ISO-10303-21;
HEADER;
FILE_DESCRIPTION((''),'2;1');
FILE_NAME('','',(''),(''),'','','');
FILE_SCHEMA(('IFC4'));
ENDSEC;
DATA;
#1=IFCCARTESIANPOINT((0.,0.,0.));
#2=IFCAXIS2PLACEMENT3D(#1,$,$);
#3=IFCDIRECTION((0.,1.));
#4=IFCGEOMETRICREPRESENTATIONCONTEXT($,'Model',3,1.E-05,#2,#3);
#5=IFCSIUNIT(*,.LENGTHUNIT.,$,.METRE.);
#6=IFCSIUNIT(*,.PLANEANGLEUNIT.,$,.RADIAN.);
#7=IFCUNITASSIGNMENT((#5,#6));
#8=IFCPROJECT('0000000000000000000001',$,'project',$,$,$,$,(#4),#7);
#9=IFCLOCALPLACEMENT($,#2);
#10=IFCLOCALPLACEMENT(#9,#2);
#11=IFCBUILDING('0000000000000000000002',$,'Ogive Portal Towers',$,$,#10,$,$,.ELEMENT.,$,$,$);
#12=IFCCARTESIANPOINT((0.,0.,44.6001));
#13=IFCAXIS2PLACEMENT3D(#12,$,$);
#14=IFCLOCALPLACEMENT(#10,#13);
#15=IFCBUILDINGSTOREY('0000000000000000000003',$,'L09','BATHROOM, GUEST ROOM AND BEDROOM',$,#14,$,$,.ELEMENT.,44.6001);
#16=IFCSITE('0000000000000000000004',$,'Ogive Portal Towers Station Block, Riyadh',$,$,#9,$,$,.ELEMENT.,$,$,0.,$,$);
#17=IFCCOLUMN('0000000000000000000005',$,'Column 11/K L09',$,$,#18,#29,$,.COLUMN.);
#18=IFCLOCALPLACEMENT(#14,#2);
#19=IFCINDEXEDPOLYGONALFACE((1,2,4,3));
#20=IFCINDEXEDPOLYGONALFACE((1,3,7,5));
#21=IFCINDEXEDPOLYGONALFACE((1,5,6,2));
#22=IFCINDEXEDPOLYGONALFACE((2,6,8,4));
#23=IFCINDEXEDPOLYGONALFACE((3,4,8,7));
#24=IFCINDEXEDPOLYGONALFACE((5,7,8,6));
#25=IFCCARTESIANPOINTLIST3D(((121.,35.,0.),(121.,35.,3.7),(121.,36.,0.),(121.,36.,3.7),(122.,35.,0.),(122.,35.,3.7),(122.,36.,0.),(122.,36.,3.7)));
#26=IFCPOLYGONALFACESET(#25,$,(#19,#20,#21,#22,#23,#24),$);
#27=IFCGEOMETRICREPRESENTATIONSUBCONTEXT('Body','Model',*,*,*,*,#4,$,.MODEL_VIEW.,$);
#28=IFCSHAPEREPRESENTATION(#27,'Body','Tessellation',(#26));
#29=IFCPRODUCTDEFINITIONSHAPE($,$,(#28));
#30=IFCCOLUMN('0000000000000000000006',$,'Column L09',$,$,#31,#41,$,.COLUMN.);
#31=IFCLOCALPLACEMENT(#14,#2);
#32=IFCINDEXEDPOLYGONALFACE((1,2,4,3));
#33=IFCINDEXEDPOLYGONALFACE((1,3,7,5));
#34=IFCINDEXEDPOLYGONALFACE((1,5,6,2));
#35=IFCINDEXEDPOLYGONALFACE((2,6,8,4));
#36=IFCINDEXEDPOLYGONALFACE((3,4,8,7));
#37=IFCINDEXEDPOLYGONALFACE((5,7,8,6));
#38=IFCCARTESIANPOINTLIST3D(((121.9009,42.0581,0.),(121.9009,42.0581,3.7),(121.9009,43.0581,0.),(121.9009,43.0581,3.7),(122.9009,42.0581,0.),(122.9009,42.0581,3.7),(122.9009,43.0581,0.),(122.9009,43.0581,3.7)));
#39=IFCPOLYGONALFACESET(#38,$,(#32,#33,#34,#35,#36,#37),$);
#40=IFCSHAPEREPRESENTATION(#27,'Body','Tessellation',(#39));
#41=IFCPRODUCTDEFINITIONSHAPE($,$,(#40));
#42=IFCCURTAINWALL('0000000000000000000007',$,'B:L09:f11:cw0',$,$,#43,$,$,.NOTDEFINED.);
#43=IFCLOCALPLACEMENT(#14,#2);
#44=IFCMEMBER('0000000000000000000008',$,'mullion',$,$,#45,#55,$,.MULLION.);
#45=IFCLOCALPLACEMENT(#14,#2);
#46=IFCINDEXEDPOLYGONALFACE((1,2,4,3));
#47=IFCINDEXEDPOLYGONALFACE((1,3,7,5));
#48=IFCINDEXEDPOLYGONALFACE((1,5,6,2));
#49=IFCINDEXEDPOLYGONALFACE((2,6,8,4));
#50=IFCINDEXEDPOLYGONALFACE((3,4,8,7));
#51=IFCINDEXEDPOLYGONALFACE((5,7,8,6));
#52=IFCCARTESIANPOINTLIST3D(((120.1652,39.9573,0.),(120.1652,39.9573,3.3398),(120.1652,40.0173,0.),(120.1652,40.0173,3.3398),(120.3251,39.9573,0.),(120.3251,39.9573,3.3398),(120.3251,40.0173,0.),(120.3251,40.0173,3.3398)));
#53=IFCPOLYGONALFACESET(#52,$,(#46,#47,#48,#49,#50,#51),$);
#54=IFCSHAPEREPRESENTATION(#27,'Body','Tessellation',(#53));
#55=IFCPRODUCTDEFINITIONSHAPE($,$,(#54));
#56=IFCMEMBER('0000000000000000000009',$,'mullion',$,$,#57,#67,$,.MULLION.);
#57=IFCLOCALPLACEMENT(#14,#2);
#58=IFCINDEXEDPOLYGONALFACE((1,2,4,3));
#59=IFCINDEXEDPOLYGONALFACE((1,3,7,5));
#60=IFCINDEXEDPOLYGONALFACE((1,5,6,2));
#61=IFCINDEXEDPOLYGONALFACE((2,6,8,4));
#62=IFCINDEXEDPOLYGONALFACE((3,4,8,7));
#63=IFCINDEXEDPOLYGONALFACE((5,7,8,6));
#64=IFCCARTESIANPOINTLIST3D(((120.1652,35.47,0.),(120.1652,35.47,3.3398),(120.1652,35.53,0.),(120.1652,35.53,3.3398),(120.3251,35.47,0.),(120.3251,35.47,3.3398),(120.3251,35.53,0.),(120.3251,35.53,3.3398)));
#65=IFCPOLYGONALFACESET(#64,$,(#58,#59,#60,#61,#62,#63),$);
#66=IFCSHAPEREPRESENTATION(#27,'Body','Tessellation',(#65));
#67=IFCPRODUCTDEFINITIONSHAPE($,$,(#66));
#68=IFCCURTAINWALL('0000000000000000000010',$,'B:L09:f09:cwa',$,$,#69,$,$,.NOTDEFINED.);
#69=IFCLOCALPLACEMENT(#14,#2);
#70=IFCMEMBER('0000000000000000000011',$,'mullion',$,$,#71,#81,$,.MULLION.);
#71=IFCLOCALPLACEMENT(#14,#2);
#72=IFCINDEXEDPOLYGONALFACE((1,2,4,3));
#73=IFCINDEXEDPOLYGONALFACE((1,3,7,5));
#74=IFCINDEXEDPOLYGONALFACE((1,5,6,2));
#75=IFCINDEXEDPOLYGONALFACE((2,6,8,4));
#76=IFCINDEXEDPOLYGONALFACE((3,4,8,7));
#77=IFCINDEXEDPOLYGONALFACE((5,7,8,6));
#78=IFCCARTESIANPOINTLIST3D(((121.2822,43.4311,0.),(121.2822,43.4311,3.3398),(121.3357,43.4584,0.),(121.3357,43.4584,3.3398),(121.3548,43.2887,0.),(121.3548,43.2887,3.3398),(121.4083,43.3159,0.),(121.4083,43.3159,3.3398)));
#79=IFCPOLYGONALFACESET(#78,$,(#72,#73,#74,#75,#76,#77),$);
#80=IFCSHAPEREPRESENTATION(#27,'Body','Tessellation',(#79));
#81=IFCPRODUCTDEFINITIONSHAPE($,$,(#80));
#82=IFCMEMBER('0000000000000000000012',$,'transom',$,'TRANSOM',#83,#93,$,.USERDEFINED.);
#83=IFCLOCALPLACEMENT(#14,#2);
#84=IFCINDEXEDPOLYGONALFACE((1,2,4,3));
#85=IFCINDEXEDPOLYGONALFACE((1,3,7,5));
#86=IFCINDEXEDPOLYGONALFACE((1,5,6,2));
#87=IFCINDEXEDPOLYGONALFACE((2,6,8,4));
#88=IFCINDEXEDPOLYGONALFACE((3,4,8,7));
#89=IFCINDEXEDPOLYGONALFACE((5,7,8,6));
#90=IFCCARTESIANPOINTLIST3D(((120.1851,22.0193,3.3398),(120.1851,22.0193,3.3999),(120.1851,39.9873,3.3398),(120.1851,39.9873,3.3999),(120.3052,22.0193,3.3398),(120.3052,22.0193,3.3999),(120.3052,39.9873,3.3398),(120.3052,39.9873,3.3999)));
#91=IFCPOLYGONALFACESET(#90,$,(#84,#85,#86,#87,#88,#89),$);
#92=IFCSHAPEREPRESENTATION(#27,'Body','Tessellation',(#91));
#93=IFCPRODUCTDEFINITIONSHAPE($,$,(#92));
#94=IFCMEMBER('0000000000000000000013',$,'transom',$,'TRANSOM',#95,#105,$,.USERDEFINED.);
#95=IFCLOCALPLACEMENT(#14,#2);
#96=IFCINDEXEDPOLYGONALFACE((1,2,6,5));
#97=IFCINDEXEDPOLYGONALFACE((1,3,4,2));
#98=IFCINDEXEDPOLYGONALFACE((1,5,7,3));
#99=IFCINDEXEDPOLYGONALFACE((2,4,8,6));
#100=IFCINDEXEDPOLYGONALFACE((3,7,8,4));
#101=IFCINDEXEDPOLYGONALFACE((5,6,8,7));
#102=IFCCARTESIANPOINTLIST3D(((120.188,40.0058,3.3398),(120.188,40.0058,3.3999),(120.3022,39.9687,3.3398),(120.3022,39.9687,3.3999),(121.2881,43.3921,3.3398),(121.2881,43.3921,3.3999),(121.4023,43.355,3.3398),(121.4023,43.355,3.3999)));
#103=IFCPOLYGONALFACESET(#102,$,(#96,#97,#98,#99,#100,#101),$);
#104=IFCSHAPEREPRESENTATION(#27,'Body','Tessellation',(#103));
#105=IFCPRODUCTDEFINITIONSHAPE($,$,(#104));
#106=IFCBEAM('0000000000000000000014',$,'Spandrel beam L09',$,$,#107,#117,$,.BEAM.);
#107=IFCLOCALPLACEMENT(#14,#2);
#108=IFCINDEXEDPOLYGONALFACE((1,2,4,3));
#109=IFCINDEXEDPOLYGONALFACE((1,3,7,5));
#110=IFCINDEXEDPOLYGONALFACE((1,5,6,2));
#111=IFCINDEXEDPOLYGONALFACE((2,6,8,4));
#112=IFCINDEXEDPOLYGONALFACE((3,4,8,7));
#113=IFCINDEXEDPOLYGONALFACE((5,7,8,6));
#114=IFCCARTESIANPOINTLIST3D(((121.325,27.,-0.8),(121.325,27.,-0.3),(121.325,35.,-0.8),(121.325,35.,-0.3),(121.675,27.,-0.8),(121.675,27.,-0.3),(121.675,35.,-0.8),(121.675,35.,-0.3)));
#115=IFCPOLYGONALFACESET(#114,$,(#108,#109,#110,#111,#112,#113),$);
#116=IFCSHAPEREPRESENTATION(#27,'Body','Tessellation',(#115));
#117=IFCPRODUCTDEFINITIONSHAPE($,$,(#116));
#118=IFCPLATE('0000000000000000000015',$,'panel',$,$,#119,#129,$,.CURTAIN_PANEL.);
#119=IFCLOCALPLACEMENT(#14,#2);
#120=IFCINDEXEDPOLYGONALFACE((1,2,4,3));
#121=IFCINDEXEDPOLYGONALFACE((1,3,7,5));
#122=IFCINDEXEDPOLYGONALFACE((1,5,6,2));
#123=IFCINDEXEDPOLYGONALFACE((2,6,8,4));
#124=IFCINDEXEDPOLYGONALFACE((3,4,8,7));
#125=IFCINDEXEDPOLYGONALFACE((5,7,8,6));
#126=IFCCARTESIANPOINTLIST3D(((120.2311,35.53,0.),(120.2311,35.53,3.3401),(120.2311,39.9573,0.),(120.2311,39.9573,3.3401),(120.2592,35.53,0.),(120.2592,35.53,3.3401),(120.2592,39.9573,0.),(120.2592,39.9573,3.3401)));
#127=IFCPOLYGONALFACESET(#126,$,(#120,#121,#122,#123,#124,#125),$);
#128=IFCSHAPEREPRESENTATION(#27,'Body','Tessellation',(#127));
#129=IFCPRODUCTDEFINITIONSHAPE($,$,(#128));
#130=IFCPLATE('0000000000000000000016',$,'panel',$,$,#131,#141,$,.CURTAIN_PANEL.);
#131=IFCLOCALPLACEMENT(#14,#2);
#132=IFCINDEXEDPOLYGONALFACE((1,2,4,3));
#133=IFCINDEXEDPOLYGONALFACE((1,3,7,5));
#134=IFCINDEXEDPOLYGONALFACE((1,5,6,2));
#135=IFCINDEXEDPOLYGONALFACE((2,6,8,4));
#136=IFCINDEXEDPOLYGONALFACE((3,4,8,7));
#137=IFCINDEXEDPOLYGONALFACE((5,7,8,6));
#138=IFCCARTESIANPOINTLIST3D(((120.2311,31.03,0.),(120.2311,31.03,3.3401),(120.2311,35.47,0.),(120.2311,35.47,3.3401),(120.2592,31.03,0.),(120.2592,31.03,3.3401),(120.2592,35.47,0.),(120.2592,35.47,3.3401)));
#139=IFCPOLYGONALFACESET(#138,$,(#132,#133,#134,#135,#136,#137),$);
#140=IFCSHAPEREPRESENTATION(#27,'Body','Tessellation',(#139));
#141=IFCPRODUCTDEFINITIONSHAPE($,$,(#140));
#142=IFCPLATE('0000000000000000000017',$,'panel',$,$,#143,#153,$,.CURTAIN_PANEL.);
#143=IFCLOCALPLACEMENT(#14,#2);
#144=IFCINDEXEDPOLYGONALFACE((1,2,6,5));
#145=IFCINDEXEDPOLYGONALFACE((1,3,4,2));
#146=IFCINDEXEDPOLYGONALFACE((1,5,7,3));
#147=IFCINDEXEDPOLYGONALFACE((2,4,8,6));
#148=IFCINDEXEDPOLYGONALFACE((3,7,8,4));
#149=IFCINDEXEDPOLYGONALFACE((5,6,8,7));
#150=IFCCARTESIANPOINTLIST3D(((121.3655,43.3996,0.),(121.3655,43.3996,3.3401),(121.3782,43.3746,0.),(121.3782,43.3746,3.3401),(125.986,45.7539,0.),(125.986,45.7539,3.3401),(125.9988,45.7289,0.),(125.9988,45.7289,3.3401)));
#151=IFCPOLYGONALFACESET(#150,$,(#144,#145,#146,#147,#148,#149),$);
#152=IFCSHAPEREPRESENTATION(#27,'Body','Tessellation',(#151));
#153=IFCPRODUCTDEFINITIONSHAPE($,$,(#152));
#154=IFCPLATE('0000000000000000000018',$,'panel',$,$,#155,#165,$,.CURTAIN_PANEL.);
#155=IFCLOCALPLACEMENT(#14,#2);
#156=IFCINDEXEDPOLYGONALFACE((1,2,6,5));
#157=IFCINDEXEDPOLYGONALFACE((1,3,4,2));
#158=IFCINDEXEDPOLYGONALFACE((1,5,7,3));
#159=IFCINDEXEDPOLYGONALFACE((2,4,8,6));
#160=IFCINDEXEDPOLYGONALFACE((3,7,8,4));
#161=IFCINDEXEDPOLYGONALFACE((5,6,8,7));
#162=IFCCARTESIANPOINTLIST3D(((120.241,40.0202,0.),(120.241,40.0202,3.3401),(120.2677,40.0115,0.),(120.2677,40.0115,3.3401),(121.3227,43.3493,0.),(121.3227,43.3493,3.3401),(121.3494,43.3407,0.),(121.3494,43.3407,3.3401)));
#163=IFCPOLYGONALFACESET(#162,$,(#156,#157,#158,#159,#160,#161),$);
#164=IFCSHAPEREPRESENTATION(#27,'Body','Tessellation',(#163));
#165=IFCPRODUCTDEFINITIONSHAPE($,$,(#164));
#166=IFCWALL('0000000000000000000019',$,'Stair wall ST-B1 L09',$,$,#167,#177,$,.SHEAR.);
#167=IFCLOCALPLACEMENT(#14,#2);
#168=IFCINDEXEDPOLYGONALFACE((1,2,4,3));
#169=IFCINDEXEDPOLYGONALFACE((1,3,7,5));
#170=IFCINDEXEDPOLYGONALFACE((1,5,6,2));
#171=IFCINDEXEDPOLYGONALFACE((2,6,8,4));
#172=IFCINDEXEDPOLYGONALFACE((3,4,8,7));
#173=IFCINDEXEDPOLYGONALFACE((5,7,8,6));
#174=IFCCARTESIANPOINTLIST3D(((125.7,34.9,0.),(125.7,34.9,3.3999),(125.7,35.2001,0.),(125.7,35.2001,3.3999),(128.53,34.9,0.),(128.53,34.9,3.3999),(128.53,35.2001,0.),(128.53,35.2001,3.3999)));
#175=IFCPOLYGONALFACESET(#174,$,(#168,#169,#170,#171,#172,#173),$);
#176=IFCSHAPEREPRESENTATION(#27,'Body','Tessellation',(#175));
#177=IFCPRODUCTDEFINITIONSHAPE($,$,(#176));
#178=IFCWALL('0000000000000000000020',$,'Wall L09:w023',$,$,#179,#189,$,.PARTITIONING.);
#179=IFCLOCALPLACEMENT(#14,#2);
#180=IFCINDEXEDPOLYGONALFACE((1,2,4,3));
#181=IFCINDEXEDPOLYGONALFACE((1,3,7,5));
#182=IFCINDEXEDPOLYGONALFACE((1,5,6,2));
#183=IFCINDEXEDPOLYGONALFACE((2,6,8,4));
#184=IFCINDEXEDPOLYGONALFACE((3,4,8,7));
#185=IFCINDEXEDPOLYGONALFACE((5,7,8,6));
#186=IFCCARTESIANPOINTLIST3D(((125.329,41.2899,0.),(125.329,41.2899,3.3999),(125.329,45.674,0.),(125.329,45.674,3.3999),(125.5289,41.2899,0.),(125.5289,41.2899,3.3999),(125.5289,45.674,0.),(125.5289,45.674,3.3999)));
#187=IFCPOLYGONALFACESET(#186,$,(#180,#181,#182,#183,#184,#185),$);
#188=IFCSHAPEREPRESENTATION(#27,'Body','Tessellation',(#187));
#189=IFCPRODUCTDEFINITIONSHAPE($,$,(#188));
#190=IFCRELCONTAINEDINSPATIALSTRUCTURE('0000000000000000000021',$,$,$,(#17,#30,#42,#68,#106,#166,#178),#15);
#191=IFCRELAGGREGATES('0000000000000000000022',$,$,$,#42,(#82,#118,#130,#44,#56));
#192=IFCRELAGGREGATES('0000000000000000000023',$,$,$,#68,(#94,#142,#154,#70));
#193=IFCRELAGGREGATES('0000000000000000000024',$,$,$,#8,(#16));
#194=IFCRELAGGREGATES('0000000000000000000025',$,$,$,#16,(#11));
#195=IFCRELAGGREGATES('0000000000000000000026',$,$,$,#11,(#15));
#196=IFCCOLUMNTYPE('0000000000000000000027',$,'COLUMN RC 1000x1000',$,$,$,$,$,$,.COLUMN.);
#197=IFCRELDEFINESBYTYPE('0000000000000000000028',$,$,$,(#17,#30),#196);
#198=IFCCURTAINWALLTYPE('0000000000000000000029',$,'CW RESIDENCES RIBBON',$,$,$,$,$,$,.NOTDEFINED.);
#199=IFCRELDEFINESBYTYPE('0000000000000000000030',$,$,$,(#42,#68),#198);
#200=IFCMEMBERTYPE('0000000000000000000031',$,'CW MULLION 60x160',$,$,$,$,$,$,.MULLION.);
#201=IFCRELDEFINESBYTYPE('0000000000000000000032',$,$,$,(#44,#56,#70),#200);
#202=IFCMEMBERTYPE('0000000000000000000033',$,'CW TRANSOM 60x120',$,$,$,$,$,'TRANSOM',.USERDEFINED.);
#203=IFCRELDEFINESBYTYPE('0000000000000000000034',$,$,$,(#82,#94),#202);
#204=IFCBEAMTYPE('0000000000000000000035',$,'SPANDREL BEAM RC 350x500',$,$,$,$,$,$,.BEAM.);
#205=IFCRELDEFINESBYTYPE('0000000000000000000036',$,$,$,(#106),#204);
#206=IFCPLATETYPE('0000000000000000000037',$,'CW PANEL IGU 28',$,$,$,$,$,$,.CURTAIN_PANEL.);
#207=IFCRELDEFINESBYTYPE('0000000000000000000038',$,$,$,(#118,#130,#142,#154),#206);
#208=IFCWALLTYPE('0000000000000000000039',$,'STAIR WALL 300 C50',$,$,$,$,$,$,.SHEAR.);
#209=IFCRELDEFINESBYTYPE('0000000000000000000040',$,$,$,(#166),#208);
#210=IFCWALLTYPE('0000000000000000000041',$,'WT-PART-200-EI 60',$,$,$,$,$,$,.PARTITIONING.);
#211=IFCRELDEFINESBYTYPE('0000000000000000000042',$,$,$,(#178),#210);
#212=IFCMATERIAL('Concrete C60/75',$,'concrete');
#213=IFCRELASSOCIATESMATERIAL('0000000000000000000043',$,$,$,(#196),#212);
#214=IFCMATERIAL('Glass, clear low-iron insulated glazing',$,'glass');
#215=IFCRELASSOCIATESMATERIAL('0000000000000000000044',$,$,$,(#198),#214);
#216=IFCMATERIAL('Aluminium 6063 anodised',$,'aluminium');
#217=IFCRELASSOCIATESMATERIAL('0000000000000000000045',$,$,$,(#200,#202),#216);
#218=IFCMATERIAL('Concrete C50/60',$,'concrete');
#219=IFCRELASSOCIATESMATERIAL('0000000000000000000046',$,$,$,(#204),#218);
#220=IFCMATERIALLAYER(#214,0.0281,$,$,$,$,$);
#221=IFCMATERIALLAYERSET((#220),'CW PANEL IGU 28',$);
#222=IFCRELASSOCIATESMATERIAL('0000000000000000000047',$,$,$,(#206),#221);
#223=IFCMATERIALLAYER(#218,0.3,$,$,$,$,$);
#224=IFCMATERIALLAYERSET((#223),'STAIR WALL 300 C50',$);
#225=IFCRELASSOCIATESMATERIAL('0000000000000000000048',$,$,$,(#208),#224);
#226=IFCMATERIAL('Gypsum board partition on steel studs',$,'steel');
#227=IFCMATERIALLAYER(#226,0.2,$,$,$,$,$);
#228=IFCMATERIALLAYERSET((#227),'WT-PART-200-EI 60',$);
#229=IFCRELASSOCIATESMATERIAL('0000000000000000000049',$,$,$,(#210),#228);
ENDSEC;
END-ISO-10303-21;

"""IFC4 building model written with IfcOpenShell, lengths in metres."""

from ifc_helpers import new_model, si_unit, direction, frame, frame_2d, origin, origin_2d, place, context, subcontext, project, spatial, rectangle, extrude, material, layer, layer_set, material_profile, profile_set, type_object, element, aggregate, save


model = new_model("IFC4")

# Units and contexts
model_context = context("Model", 3, precision=1e-05, world=origin(), true_north=direction((0.0, 1.0)))
body_context = subcontext(model_context, "Body", "Model", "MODEL_VIEW")
ifc_project = project(units=[si_unit("LENGTHUNIT", "METRE"), si_unit("PLANEANGLEUNIT", "RADIAN")], contexts=[model_context])

# Site, building, storey
site_placement = place(None, origin())
site = spatial("IfcSite", under=ifc_project, at=site_placement, Name="Ogive Portal Towers Station Block, Riyadh", CompositionType="ELEMENT", RefElevation=0.0)
building_placement = place(site_placement, origin())
building = spatial("IfcBuilding", under=site, at=building_placement, Name="Ogive Portal Towers", CompositionType="ELEMENT")
storey_placement = place(building_placement, frame((0.0, 0.0, 44.6001)))
storey = spatial("IfcBuildingStorey", under=building, at=storey_placement, Name="L09", Description="BATHROOM, GUEST ROOM AND BEDROOM", CompositionType="ELEMENT", Elevation=44.6001)

# Columns
ifc_material_1 = material(Name="Concrete C60/75", Category="concrete")
ifc_material_profile_1 = material_profile(ifc_material_1, rectangle(XDim=1.0, YDim=1.0, at=origin_2d()), Name="RC 1000x1000")
ifc_profile_set_1 = profile_set([ifc_material_profile_1], Name="Concrete C60/75")
column_type = type_object("IfcColumnType", Name="COLUMN RC 1000x1000", PredefinedType="COLUMN", material=ifc_profile_set_1)
for number, where, z_axis, x_axis, name in (
    (1, (121.5, 35.5, 0.0), (0.0, 0.0, 1.0), (1.0, 0.0, 0.0), "Column 11/K L09"),
    (2, (122.4009, 42.5581, 0.0), (0.0, 0.0, 1.0), (1.0, 0.0, 0.0), "Column L09"),
):
    element("IfcColumn", number, at=place(storey_placement, frame(where, z_axis=z_axis, x_axis=x_axis)), inside=storey, type_object=column_type, Name=name, PredefinedType="COLUMN", context=body_context, shape_type="SweptSolid", body=[
        extrude(rectangle(XDim=1.0, YDim=1.0, at=origin_2d()), origin(), (0.0, 0.0, 1.0), 3.7),
    ])

# Curtain wall, members
ifc_material_2 = material(Name="Glass, clear low-iron insulated glazing", Category="glass")
curtain_wall_type = type_object("IfcCurtainWallType", Name="CW RESIDENCES RIBBON", PredefinedType="NOTDEFINED", material=ifc_material_2)
curtain_wall_1_placement = place(storey_placement, origin())
curtain_wall_1 = element("IfcCurtainWall", 3, at=curtain_wall_1_placement, inside=storey, type_object=curtain_wall_type, Name="B:L09:f11:cw0", PredefinedType="NOTDEFINED")
ifc_material_3 = material(Name="Aluminium 6063 anodised", Category="aluminium")
ifc_material_profile_2 = material_profile(ifc_material_3, rectangle(XDim=0.1599, YDim=0.0601, at=origin_2d()), Name="AL 60x160")
ifc_profile_set_2 = profile_set([ifc_material_profile_2], Name="Aluminium 6063 anodised")
member_type_1 = type_object("IfcMemberType", Name="CW MULLION 60x160", PredefinedType="MULLION", material=ifc_profile_set_2)
member_1_placement = place(storey_placement, frame((120.2451, 39.9873, 0.0), z_axis=(0.0, 0.0, 1.0), x_axis=(1.0, 0.0, 0.0)))
member_1 = element("IfcMember", 4, at=member_1_placement, type_object=member_type_1, Name="mullion", PredefinedType="MULLION", context=body_context, shape_type="SweptSolid", body=[
    extrude(rectangle(XDim=0.1599, YDim=0.0601, at=origin_2d()), origin(), (0.0, 0.0, 1.0), 3.3398),
])
member_2_placement = place(storey_placement, frame((120.2451, 35.5, 0.0), z_axis=(0.0, 0.0, 1.0), x_axis=(1.0, 0.0, 0.0)))
member_2 = element("IfcMember", 5, at=member_2_placement, type_object=member_type_1, Name="mullion", PredefinedType="MULLION", context=body_context, shape_type="SweptSolid", body=[
    extrude(rectangle(XDim=0.1599, YDim=0.0601, at=origin_2d()), origin(), (0.0, 0.0, 1.0), 3.3398),
])

# Curtain wall, member
curtain_wall_2_placement = place(storey_placement, origin())
curtain_wall_2 = element("IfcCurtainWall", 6, at=curtain_wall_2_placement, inside=storey, type_object=curtain_wall_type, Name="B:L09:f09:cwa", PredefinedType="NOTDEFINED")
member_3_placement = place(storey_placement, frame((121.3452, 43.3735, 0.0), z_axis=(0.0, 0.0, 1.0), x_axis=(0.45399, -0.891007, 0.0)))
member_3 = element("IfcMember", 7, at=member_3_placement, type_object=member_type_1, Name="mullion", PredefinedType="MULLION", context=body_context, shape_type="SweptSolid", body=[
    extrude(rectangle(XDim=0.1599, YDim=0.0601, at=origin_2d()), origin(), (0.0, 0.0, 1.0), 3.3398),
])

# Members
ifc_material_profile_3 = material_profile(ifc_material_3, rectangle(XDim=0.1201, YDim=0.0601, at=origin_2d()), Name="AL 120x60")
ifc_profile_set_3 = profile_set([ifc_material_profile_3], Name="Aluminium 6063 anodised")
member_type_2 = type_object("IfcMemberType", Name="CW TRANSOM 60x120", ElementType="TRANSOM", PredefinedType="USERDEFINED", material=ifc_profile_set_3)
member_4_placement = place(storey_placement, frame((120.2451, 39.9873, 3.3699), z_axis=(0.0, -1.0, 0.0), x_axis=(1.0, 0.0, 0.0)))
member_4 = element("IfcMember", 8, at=member_4_placement, type_object=member_type_2, Name="transom", ObjectType="TRANSOM", PredefinedType="USERDEFINED", context=body_context, shape_type="SweptSolid", body=[
    extrude(rectangle(XDim=0.1201, YDim=0.0601, at=origin_2d()), origin(), (0.0, 0.0, 1.0), 17.968),
])
member_5_placement = place(storey_placement, frame((121.3452, 43.3735, 3.3699), z_axis=(-0.308978, -0.951069, 0.0), x_axis=(0.951069, -0.308978, 0.0)))
member_5 = element("IfcMember", 9, at=member_5_placement, type_object=member_type_2, Name="transom", ObjectType="TRANSOM", PredefinedType="USERDEFINED", context=body_context, shape_type="SweptSolid", body=[
    extrude(rectangle(XDim=0.1201, YDim=0.0601, at=origin_2d()), origin(), (0.0, 0.0, 1.0), 3.5605),
])

# Beam
ifc_material_4 = material(Name="Concrete C50/60", Category="concrete")
ifc_material_profile_4 = material_profile(ifc_material_4, rectangle(XDim=0.3501, YDim=0.5, at=origin_2d()), Name="RC 350x500")
ifc_profile_set_4 = profile_set([ifc_material_profile_4], Name="Concrete C50/60")
beam_type = type_object("IfcBeamType", Name="SPANDREL BEAM RC 350x500", PredefinedType="BEAM", material=ifc_profile_set_4)
beam_placement = place(storey_placement, frame((121.5, 35.0, -0.55), z_axis=(0.0, -1.0, 0.0), x_axis=(1.0, 0.0, 0.0)))
element("IfcBeam", 10, at=beam_placement, inside=storey, type_object=beam_type, Name="Spandrel beam L09", PredefinedType="BEAM", context=body_context, shape_type="SweptSolid", body=[
    extrude(rectangle(XDim=0.3501, YDim=0.5, at=origin_2d()), origin(), (0.0, 0.0, 1.0), 8.0),
])

# Plates
ifc_layer_1 = layer(ifc_material_2, 0.0281)
ifc_layer_set_1 = layer_set([ifc_layer_1], Name="CW PANEL IGU 28")
plate_type = type_object("IfcPlateType", Name="CW PANEL IGU 28", PredefinedType="CURTAIN_PANEL", material=ifc_layer_set_1)
plate_1_placement = place(storey_placement, frame((120.2451, 37.7437, 0.0), z_axis=(0.0, 0.0, 1.0), x_axis=(0.0, -1.0, 0.0)))
plate_1 = element("IfcPlate", 11, at=plate_1_placement, type_object=plate_type, Name="panel", PredefinedType="CURTAIN_PANEL", context=body_context, shape_type="SweptSolid", body=[
    extrude(rectangle(XDim=4.4272, YDim=0.0281, at=origin_2d()), origin(), (0.0, 0.0, 1.0), 3.3401),
])
plate_2_placement = place(storey_placement, frame((120.2451, 33.25, 0.0), z_axis=(0.0, 0.0, 1.0), x_axis=(0.0, -1.0, 0.0)))
plate_2 = element("IfcPlate", 12, at=plate_2_placement, type_object=plate_type, Name="panel", PredefinedType="CURTAIN_PANEL", context=body_context, shape_type="SweptSolid", body=[
    extrude(rectangle(XDim=4.4399, YDim=0.0281, at=origin_2d()), origin(), (0.0, 0.0, 1.0), 3.3401),
])
aggregate(curtain_wall_1, [member_4, plate_1, plate_2, member_1, member_2])
plate_3_placement = place(storey_placement, frame((123.6821, 44.5642, 0.0), z_axis=(0.0, 0.0, 1.0), x_axis=(-0.891007, -0.45399, 0.0)))
plate_3 = element("IfcPlate", 13, at=plate_3_placement, type_object=plate_type, Name="panel", PredefinedType="CURTAIN_PANEL", context=body_context, shape_type="SweptSolid", body=[
    extrude(rectangle(XDim=5.1858, YDim=0.0281, at=origin_2d()), origin(), (0.0, 0.0, 1.0), 3.3401),
])
plate_4_placement = place(storey_placement, frame((120.7952, 41.6804, 0.0), z_axis=(0.0, 0.0, 1.0), x_axis=(-0.309017, -0.951057, 0.0)))
plate_4 = element("IfcPlate", 14, at=plate_4_placement, type_object=plate_type, Name="panel", PredefinedType="CURTAIN_PANEL", context=body_context, shape_type="SweptSolid", body=[
    extrude(rectangle(XDim=3.5005, YDim=0.0281, at=origin_2d()), origin(), (0.0, 0.0, 1.0), 3.3401),
])
aggregate(curtain_wall_2, [member_5, plate_3, plate_4, member_3])

# Wall
ifc_layer_2 = layer(ifc_material_4, 0.3)
ifc_layer_set_2 = layer_set([ifc_layer_2], Name="STAIR WALL 300 C50")
wall_type_1 = type_object("IfcWallType", Name="STAIR WALL 300 C50", PredefinedType="SHEAR", material=ifc_layer_set_2)
wall_1_placement = place(storey_placement, frame((125.7, 35.05, 0.0), z_axis=(0.0, 0.0, 1.0), x_axis=(1.0, 0.0, 0.0)))
element("IfcWall", 15, at=wall_1_placement, inside=storey, type_object=wall_type_1, Name="Stair wall ST-B1 L09", PredefinedType="SHEAR", context=body_context, shape_type="SweptSolid", body=[
    extrude(rectangle(XDim=2.8301, YDim=0.3, at=frame_2d((1.415, 0.0))), origin(), (0.0, 0.0, 1.0), 3.3999),
])

# Shared definitions
ifc_material_5 = material(Name="Gypsum board partition on steel studs", Category="steel")
ifc_layer_3 = layer(ifc_material_5, 0.2)
ifc_layer_set_3 = layer_set([ifc_layer_3], Name="WT-PART-200-EI 60")
wall_type_2 = type_object("IfcWallType", Name="WT-PART-200-EI 60", PredefinedType="PARTITIONING", material=ifc_layer_set_3)

# Wall
wall_2_placement = place(storey_placement, frame((125.429, 41.29, 0.0), z_axis=(0.0, 0.0, 1.0), x_axis=(0.0, 1.0, 0.0)))
element("IfcWall", 16, at=wall_2_placement, inside=storey, type_object=wall_type_2, Name="Wall L09:w023", PredefinedType="PARTITIONING", context=body_context, shape_type="SweptSolid", body=[
    extrude(rectangle(XDim=4.384, YDim=0.2, at=frame_2d((2.1919, 0.0))), origin(), (0.0, 0.0, 1.0), 3.3999),
])

save(model, "model.ifc")
